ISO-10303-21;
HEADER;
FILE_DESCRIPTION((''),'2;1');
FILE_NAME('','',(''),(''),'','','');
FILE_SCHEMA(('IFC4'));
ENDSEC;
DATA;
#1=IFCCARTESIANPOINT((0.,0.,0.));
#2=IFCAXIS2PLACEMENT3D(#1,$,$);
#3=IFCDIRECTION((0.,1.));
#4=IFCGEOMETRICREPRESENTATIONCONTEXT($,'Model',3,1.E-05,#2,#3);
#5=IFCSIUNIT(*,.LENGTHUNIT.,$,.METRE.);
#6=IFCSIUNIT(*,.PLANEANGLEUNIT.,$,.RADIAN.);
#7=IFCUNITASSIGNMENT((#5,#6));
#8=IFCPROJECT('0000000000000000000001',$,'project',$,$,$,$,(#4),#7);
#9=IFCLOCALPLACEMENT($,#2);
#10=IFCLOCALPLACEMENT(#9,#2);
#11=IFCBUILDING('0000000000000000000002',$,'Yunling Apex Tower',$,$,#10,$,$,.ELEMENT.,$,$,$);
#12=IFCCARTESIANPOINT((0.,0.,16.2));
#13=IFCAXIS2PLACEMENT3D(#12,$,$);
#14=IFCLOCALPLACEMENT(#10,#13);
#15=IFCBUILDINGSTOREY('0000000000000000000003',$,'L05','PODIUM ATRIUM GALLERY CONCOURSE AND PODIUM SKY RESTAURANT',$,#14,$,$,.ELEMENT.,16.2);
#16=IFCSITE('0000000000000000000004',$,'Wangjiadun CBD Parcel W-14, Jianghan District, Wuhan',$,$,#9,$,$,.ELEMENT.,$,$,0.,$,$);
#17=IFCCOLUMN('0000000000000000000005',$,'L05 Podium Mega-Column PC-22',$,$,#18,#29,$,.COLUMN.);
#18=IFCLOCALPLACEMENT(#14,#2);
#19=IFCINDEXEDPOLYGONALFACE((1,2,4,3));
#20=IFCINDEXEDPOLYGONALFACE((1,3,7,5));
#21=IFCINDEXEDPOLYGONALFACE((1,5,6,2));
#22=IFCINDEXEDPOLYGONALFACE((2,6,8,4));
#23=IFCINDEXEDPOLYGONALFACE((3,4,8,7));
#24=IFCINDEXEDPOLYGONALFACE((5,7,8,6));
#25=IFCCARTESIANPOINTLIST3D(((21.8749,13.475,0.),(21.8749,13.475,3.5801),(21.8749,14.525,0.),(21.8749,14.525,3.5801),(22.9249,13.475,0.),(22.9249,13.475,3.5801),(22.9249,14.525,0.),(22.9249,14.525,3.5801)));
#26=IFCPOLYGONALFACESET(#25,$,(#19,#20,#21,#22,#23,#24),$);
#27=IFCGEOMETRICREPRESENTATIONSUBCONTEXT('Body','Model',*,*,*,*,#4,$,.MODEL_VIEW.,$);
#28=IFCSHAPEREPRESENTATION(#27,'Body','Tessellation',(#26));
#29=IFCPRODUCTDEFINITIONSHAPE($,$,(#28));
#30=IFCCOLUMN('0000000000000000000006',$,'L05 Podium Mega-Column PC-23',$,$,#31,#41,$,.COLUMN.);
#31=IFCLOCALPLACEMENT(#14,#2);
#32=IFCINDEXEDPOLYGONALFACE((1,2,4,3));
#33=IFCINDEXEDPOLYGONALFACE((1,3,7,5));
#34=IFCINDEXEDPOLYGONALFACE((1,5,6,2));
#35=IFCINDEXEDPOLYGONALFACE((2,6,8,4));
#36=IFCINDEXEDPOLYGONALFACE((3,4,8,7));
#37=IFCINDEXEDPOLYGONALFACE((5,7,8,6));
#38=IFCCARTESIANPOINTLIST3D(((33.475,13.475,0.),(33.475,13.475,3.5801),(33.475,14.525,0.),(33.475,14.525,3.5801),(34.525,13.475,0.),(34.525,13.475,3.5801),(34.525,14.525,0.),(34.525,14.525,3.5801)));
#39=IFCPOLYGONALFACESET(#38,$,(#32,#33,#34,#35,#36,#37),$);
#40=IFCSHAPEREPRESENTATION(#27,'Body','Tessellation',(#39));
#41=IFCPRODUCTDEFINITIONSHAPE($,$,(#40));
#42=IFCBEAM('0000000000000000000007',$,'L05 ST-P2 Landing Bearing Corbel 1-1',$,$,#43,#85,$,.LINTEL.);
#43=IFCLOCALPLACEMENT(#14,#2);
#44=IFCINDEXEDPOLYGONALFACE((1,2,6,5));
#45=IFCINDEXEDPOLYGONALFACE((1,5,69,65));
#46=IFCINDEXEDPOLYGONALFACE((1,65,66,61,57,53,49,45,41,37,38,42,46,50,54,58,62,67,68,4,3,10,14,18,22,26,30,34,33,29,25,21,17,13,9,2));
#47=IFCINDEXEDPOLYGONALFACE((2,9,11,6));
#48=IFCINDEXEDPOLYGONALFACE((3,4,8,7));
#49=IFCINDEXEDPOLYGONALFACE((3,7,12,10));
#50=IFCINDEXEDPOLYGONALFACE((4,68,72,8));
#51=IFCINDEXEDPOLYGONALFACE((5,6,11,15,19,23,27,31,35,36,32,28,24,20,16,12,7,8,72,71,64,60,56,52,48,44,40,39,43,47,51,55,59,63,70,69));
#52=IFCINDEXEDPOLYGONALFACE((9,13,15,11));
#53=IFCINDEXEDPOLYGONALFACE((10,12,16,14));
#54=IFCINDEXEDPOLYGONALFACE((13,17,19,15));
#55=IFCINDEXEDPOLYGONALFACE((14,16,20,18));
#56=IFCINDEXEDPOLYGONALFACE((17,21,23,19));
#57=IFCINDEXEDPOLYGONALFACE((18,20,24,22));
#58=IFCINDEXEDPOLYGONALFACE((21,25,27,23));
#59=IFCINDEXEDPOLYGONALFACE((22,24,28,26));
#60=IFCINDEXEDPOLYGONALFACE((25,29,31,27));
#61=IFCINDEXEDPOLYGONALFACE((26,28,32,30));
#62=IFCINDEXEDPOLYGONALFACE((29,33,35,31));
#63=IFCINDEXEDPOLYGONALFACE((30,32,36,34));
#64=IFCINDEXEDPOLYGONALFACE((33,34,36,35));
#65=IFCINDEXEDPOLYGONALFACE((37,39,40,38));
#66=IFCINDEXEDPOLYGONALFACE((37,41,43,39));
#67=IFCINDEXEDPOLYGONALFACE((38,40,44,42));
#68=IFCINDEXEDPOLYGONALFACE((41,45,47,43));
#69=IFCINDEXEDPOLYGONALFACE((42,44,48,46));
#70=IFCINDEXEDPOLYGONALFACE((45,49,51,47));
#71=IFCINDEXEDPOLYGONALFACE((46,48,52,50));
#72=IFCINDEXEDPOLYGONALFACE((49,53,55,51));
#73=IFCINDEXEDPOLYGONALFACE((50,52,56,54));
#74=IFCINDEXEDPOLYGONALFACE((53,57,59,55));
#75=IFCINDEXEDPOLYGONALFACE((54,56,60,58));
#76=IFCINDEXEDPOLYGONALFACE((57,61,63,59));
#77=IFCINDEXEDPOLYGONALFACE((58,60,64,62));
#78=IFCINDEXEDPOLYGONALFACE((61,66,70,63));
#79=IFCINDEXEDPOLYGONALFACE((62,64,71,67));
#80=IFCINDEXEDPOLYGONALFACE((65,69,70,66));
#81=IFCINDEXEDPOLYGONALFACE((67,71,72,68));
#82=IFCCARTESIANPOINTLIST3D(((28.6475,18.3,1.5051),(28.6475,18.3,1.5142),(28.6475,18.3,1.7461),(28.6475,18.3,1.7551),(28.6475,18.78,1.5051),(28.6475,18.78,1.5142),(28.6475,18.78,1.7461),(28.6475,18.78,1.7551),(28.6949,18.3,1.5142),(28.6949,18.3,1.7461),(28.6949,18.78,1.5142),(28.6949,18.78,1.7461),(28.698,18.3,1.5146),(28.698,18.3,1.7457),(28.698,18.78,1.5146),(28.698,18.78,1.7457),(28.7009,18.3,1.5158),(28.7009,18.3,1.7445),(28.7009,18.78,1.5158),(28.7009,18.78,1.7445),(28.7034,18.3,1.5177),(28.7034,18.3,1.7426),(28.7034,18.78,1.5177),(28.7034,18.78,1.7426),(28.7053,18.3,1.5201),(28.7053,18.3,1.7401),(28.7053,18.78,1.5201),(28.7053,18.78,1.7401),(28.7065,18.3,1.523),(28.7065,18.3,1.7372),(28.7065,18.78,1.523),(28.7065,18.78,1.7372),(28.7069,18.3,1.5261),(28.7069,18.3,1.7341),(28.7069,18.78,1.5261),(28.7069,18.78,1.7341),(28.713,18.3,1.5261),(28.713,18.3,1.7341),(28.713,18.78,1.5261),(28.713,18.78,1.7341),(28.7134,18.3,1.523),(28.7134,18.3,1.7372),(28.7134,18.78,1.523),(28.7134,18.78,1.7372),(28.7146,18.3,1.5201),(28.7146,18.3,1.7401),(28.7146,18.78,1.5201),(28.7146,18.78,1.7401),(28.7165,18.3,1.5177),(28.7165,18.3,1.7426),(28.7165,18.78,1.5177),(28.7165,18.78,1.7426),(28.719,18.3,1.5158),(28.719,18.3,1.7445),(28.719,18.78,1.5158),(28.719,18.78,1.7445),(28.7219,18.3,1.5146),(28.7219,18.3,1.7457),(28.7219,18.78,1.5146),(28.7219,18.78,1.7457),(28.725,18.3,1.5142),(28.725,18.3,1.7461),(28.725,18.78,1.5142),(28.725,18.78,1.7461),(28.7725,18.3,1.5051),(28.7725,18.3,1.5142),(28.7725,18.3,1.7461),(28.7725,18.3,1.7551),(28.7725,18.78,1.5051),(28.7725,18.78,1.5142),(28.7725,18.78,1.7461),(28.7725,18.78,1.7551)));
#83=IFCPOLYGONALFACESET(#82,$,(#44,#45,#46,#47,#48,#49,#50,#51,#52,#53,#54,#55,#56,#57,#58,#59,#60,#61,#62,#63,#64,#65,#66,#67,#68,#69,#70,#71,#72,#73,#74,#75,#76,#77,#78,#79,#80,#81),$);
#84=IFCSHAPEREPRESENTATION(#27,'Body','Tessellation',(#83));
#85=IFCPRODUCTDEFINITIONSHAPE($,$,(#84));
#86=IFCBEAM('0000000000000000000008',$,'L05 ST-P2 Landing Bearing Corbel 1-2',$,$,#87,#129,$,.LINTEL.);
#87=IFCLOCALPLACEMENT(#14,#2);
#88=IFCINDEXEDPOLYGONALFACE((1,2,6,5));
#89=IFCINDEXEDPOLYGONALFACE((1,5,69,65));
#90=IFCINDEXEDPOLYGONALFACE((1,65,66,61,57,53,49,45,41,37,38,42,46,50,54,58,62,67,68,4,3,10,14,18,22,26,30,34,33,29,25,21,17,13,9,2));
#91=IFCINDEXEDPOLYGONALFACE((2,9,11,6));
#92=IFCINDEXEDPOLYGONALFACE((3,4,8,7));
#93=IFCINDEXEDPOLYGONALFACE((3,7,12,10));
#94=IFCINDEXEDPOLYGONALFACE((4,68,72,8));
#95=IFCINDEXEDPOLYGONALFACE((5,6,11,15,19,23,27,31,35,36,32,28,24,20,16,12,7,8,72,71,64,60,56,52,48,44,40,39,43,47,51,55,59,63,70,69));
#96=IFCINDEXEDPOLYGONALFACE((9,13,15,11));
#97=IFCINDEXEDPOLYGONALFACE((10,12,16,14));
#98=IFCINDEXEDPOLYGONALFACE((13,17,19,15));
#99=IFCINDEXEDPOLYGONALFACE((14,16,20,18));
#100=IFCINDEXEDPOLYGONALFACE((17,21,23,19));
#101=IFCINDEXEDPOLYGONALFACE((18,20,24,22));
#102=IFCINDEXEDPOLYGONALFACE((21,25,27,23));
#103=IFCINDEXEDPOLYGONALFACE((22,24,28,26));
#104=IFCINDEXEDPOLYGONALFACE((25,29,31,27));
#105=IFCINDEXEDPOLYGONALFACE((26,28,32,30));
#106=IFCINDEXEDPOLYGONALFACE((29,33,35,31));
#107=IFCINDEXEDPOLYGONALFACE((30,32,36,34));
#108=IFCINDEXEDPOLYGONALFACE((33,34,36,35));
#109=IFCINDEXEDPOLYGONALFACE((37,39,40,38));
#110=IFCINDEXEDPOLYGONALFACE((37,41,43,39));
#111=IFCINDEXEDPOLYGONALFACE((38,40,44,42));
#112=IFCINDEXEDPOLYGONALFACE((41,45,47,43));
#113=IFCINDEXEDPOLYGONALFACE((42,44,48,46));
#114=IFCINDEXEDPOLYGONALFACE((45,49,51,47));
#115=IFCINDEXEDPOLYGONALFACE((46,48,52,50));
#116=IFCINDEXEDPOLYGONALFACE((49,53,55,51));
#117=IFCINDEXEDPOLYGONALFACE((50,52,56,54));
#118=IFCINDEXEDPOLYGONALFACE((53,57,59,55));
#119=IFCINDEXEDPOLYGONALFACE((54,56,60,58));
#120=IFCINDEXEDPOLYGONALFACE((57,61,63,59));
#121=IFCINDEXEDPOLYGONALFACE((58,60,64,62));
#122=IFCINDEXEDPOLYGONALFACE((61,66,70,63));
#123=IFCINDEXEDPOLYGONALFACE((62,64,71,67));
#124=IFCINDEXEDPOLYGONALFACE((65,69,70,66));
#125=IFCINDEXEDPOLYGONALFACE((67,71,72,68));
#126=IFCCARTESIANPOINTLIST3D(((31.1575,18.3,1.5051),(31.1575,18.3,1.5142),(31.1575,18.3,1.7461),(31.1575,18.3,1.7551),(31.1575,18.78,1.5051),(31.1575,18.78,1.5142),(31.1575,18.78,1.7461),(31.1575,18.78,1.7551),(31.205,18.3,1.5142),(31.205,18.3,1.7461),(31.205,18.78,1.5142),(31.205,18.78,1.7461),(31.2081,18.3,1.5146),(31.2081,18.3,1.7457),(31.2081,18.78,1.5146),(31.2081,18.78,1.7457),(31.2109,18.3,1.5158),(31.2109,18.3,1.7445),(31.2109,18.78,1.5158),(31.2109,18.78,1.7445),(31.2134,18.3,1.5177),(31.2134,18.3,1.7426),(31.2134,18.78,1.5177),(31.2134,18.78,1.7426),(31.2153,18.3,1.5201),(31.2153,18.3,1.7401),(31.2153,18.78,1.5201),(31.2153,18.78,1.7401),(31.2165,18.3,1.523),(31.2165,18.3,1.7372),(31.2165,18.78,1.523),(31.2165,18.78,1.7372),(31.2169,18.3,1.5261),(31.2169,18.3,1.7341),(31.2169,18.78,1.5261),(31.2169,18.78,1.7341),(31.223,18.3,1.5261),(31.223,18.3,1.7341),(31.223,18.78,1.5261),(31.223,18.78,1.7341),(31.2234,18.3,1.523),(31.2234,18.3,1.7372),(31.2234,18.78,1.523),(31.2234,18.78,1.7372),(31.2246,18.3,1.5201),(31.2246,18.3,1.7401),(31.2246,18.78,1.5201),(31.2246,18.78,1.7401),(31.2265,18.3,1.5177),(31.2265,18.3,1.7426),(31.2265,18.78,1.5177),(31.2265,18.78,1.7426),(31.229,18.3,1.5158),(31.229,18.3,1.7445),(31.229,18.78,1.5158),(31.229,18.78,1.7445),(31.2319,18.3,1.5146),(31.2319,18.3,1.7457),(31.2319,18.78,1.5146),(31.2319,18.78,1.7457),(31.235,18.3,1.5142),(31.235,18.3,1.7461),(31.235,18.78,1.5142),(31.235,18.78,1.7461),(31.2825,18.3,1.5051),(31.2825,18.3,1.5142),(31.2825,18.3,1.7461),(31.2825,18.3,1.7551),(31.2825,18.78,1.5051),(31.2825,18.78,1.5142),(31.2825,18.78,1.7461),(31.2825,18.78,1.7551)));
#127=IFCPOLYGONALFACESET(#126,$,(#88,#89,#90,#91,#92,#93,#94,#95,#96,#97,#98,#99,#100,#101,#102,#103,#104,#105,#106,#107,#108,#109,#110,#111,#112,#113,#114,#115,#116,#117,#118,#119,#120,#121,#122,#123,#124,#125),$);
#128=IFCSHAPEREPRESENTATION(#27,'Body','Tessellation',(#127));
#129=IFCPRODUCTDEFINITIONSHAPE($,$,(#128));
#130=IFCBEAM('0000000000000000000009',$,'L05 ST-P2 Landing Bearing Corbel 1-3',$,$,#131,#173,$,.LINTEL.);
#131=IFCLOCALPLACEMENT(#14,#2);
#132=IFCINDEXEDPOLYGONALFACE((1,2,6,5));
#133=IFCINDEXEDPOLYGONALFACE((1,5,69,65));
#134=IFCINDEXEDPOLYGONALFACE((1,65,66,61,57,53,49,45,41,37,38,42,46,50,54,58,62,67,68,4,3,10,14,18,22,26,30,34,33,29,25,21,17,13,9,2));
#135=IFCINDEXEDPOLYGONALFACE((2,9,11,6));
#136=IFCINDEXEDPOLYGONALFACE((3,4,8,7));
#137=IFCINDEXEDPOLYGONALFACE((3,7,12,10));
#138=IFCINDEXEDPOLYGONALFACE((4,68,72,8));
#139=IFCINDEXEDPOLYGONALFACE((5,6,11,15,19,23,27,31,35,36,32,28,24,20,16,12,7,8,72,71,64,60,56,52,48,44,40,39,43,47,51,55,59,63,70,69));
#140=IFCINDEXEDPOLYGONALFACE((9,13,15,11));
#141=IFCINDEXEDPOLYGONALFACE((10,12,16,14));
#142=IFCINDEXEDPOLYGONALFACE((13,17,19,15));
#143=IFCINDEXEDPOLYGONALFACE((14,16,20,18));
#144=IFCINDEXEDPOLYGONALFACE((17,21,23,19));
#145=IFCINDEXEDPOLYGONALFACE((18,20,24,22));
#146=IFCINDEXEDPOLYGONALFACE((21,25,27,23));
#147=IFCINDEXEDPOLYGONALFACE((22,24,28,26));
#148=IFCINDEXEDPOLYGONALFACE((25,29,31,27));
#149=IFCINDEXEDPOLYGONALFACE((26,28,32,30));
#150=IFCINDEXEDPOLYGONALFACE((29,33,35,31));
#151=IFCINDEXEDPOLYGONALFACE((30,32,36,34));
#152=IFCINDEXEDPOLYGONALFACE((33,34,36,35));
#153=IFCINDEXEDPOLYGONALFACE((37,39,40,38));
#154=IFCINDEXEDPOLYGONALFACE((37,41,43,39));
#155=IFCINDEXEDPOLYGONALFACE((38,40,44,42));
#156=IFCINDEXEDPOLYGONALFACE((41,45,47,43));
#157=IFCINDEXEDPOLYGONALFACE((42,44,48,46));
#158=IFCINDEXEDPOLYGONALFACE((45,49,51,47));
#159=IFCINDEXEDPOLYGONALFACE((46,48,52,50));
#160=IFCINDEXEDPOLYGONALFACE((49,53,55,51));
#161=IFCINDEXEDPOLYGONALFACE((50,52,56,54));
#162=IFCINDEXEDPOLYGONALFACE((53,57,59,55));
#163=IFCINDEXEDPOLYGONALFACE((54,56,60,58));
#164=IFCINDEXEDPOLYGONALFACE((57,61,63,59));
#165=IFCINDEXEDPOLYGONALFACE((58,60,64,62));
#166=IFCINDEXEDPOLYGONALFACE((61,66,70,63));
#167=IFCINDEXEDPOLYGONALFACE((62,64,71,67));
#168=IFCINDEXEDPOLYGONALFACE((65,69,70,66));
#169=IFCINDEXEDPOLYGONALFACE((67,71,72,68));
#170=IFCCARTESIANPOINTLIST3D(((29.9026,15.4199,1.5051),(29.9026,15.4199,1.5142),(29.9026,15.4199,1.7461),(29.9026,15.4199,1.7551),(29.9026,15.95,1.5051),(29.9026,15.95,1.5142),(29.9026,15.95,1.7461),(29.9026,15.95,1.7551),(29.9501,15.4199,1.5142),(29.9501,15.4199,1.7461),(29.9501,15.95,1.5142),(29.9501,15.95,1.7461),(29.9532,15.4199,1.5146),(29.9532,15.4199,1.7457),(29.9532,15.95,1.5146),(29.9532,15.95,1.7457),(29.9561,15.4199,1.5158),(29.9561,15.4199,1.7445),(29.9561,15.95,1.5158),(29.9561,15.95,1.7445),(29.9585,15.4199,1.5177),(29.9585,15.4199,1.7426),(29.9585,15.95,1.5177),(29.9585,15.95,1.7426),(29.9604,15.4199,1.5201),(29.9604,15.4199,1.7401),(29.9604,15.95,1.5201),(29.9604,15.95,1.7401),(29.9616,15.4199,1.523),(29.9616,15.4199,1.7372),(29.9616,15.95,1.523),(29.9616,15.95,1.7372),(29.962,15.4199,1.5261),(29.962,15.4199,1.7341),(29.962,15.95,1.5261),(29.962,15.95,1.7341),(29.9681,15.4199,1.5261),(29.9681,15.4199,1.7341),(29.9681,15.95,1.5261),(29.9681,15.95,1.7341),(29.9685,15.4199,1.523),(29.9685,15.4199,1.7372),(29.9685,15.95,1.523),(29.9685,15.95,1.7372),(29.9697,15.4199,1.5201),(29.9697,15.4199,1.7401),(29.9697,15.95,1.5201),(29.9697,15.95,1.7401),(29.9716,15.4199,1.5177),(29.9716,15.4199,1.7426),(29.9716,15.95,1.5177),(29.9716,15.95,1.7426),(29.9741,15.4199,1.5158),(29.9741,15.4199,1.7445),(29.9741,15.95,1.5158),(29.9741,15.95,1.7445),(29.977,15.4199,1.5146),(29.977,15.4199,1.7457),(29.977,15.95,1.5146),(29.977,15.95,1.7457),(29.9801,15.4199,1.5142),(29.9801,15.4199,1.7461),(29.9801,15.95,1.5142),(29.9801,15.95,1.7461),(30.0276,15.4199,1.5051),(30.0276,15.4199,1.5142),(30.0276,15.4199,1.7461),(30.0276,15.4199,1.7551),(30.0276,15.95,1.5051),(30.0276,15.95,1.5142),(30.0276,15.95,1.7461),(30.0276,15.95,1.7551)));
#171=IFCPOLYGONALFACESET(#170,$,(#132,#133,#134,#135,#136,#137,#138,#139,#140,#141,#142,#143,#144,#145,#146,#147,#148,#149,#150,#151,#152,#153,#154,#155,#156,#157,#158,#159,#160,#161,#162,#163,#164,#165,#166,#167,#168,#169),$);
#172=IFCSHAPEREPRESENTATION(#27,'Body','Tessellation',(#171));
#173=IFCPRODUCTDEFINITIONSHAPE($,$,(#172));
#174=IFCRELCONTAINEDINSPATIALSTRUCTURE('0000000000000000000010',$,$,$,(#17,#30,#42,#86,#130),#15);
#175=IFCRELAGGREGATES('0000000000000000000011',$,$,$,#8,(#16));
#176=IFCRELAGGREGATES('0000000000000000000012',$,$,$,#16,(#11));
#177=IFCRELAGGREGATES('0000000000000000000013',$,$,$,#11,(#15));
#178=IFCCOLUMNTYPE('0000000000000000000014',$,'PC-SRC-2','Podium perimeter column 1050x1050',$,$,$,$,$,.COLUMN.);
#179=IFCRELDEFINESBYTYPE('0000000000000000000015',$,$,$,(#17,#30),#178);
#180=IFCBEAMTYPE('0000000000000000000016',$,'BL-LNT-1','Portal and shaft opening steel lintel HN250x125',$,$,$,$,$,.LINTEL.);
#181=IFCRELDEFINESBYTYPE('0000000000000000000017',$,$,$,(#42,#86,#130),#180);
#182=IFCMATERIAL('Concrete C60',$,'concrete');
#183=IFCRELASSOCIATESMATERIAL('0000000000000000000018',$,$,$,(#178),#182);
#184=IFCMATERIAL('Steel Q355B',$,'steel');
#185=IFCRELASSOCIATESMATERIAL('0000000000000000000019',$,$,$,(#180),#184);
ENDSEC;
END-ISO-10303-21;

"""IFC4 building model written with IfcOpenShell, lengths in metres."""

from ifc_helpers import new_model, si_unit, direction, frame, origin, origin_2d, place, context, subcontext, project, spatial, rectangle, i_section, extrude, source, transform, mapped, material, material_profile, profile_set, type_object, element, save


model = new_model("IFC4")

# Units and contexts
model_context = context("Model", 3, precision=1e-05, world=origin(), true_north=direction((0.0, 1.0)))
body_context = subcontext(model_context, "Body", "Model", "MODEL_VIEW")
ifc_project = project(units=[si_unit("LENGTHUNIT", "METRE"), si_unit("PLANEANGLEUNIT", "RADIAN")], contexts=[model_context])

# Site, building, storey
site_placement = place(None, origin())
site = spatial("IfcSite", under=ifc_project, at=site_placement, Name="Wangjiadun CBD Parcel W-14, Jianghan District, Wuhan", CompositionType="ELEMENT", RefElevation=0.0)
building_placement = place(site_placement, origin())
building = spatial("IfcBuilding", under=site, at=building_placement, Name="Yunling Apex Tower", CompositionType="ELEMENT")
storey_placement = place(building_placement, frame((0.0, 0.0, 16.2)))
storey = spatial("IfcBuildingStorey", under=building, at=storey_placement, Name="L05", Description="PODIUM ATRIUM GALLERY CONCOURSE AND PODIUM SKY RESTAURANT", CompositionType="ELEMENT", Elevation=16.2)

# Columns
ifc_material_1 = material(Name="Concrete C60", Category="concrete")
ifc_material_profile_1 = material_profile(ifc_material_1, rectangle(XDim=1.05, YDim=1.05, at=origin_2d()))
ifc_profile_set_1 = profile_set([ifc_material_profile_1], Name="Concrete C60")
column_type = type_object("IfcColumnType", Name="PC-SRC-2", Description="Podium perimeter column 1050x1050", PredefinedType="COLUMN", material=ifc_profile_set_1)
shared_shape_1 = source(origin(), body_context, "Body", "SweptSolid", [
    extrude(rectangle(XDim=1.05, YDim=1.05, at=origin_2d()), origin(), (0.0, 0.0, 1.0), 3.5801),
])
for number, where, z_axis, x_axis, name in (
    (1, (22.3999, 14.0, 0.0), (0.0, 0.0, 1.0), (1.0, 0.0, 0.0), "L05 Podium Mega-Column PC-22"),
    (2, (34.0, 14.0, 0.0), (0.0, 0.0, 1.0), (1.0, 0.0, 0.0), "L05 Podium Mega-Column PC-23"),
):
    element("IfcColumn", number, at=place(storey_placement, frame(where, z_axis=z_axis, x_axis=x_axis)), inside=storey, type_object=column_type, Name=name, PredefinedType="COLUMN", context=body_context, shape_type="MappedRepresentation", body=[
        mapped(shared_shape_1, transform((0.0, 0.0, 0.0), scale=1.0)),
    ])

# Beams
ifc_material_2 = material(Name="Steel Q355B", Category="steel")
ifc_material_profile_2 = material_profile(ifc_material_2, i_section(OverallWidth=0.125, OverallDepth=0.25, WebThickness=0.0061, FlangeThickness=0.009, FilletRadius=0.012, at=origin_2d()))
ifc_profile_set_2 = profile_set([ifc_material_profile_2], Name="Steel Q355B")
beam_type_1 = type_object("IfcBeamType", Name="BL-LNT-1", Description="Portal and shaft opening steel lintel HN250x125", PredefinedType="LINTEL", material=ifc_profile_set_2)
shared_shape_2 = source(origin(), body_context, "Body", "SweptSolid", [
    extrude(i_section(OverallWidth=0.125, OverallDepth=0.25, WebThickness=0.0061, FlangeThickness=0.009, FilletRadius=0.012, at=origin_2d()), origin(), (0.0, 0.0, 1.0), 0.48),
])
for number, where, z_axis, x_axis, name in (
    (3, (28.71, 18.78, 1.6301), (0.0, -1.0, 0.0), (1.0, 0.0, 0.0), "L05 ST-P2 Landing Bearing Corbel 1-1"),
    (4, (31.22, 18.78, 1.6301), (0.0, -1.0, 0.0), (1.0, 0.0, 0.0), "L05 ST-P2 Landing Bearing Corbel 1-2"),
):
    element("IfcBeam", number, at=place(storey_placement, frame(where, z_axis=z_axis, x_axis=x_axis)), inside=storey, type_object=beam_type_1, Name=name, PredefinedType="LINTEL", context=body_context, shape_type="MappedRepresentation", body=[
        mapped(shared_shape_2, transform((0.0, 0.0, 0.0), scale=1.0)),
    ])
shared_shape_3 = source(origin(), body_context, "Body", "SweptSolid", [
    extrude(i_section(OverallWidth=0.125, OverallDepth=0.25, WebThickness=0.0061, FlangeThickness=0.009, FilletRadius=0.012, at=origin_2d()), origin(), (0.0, 0.0, 1.0), 0.53),
])
beam_1_placement = place(storey_placement, frame((29.9651, 15.4199, 1.6301), z_axis=(0.0, 1.0, 0.0), x_axis=(-1.0, 0.0, 0.0)))
element("IfcBeam", 5, at=beam_1_placement, inside=storey, type_object=beam_type_1, Name="L05 ST-P2 Landing Bearing Corbel 1-3", PredefinedType="LINTEL", context=body_context, shape_type="MappedRepresentation", body=[
    mapped(shared_shape_3, transform((0.0, 0.0, 0.0), scale=1.0)),
])

save(model, "model.ifc")
